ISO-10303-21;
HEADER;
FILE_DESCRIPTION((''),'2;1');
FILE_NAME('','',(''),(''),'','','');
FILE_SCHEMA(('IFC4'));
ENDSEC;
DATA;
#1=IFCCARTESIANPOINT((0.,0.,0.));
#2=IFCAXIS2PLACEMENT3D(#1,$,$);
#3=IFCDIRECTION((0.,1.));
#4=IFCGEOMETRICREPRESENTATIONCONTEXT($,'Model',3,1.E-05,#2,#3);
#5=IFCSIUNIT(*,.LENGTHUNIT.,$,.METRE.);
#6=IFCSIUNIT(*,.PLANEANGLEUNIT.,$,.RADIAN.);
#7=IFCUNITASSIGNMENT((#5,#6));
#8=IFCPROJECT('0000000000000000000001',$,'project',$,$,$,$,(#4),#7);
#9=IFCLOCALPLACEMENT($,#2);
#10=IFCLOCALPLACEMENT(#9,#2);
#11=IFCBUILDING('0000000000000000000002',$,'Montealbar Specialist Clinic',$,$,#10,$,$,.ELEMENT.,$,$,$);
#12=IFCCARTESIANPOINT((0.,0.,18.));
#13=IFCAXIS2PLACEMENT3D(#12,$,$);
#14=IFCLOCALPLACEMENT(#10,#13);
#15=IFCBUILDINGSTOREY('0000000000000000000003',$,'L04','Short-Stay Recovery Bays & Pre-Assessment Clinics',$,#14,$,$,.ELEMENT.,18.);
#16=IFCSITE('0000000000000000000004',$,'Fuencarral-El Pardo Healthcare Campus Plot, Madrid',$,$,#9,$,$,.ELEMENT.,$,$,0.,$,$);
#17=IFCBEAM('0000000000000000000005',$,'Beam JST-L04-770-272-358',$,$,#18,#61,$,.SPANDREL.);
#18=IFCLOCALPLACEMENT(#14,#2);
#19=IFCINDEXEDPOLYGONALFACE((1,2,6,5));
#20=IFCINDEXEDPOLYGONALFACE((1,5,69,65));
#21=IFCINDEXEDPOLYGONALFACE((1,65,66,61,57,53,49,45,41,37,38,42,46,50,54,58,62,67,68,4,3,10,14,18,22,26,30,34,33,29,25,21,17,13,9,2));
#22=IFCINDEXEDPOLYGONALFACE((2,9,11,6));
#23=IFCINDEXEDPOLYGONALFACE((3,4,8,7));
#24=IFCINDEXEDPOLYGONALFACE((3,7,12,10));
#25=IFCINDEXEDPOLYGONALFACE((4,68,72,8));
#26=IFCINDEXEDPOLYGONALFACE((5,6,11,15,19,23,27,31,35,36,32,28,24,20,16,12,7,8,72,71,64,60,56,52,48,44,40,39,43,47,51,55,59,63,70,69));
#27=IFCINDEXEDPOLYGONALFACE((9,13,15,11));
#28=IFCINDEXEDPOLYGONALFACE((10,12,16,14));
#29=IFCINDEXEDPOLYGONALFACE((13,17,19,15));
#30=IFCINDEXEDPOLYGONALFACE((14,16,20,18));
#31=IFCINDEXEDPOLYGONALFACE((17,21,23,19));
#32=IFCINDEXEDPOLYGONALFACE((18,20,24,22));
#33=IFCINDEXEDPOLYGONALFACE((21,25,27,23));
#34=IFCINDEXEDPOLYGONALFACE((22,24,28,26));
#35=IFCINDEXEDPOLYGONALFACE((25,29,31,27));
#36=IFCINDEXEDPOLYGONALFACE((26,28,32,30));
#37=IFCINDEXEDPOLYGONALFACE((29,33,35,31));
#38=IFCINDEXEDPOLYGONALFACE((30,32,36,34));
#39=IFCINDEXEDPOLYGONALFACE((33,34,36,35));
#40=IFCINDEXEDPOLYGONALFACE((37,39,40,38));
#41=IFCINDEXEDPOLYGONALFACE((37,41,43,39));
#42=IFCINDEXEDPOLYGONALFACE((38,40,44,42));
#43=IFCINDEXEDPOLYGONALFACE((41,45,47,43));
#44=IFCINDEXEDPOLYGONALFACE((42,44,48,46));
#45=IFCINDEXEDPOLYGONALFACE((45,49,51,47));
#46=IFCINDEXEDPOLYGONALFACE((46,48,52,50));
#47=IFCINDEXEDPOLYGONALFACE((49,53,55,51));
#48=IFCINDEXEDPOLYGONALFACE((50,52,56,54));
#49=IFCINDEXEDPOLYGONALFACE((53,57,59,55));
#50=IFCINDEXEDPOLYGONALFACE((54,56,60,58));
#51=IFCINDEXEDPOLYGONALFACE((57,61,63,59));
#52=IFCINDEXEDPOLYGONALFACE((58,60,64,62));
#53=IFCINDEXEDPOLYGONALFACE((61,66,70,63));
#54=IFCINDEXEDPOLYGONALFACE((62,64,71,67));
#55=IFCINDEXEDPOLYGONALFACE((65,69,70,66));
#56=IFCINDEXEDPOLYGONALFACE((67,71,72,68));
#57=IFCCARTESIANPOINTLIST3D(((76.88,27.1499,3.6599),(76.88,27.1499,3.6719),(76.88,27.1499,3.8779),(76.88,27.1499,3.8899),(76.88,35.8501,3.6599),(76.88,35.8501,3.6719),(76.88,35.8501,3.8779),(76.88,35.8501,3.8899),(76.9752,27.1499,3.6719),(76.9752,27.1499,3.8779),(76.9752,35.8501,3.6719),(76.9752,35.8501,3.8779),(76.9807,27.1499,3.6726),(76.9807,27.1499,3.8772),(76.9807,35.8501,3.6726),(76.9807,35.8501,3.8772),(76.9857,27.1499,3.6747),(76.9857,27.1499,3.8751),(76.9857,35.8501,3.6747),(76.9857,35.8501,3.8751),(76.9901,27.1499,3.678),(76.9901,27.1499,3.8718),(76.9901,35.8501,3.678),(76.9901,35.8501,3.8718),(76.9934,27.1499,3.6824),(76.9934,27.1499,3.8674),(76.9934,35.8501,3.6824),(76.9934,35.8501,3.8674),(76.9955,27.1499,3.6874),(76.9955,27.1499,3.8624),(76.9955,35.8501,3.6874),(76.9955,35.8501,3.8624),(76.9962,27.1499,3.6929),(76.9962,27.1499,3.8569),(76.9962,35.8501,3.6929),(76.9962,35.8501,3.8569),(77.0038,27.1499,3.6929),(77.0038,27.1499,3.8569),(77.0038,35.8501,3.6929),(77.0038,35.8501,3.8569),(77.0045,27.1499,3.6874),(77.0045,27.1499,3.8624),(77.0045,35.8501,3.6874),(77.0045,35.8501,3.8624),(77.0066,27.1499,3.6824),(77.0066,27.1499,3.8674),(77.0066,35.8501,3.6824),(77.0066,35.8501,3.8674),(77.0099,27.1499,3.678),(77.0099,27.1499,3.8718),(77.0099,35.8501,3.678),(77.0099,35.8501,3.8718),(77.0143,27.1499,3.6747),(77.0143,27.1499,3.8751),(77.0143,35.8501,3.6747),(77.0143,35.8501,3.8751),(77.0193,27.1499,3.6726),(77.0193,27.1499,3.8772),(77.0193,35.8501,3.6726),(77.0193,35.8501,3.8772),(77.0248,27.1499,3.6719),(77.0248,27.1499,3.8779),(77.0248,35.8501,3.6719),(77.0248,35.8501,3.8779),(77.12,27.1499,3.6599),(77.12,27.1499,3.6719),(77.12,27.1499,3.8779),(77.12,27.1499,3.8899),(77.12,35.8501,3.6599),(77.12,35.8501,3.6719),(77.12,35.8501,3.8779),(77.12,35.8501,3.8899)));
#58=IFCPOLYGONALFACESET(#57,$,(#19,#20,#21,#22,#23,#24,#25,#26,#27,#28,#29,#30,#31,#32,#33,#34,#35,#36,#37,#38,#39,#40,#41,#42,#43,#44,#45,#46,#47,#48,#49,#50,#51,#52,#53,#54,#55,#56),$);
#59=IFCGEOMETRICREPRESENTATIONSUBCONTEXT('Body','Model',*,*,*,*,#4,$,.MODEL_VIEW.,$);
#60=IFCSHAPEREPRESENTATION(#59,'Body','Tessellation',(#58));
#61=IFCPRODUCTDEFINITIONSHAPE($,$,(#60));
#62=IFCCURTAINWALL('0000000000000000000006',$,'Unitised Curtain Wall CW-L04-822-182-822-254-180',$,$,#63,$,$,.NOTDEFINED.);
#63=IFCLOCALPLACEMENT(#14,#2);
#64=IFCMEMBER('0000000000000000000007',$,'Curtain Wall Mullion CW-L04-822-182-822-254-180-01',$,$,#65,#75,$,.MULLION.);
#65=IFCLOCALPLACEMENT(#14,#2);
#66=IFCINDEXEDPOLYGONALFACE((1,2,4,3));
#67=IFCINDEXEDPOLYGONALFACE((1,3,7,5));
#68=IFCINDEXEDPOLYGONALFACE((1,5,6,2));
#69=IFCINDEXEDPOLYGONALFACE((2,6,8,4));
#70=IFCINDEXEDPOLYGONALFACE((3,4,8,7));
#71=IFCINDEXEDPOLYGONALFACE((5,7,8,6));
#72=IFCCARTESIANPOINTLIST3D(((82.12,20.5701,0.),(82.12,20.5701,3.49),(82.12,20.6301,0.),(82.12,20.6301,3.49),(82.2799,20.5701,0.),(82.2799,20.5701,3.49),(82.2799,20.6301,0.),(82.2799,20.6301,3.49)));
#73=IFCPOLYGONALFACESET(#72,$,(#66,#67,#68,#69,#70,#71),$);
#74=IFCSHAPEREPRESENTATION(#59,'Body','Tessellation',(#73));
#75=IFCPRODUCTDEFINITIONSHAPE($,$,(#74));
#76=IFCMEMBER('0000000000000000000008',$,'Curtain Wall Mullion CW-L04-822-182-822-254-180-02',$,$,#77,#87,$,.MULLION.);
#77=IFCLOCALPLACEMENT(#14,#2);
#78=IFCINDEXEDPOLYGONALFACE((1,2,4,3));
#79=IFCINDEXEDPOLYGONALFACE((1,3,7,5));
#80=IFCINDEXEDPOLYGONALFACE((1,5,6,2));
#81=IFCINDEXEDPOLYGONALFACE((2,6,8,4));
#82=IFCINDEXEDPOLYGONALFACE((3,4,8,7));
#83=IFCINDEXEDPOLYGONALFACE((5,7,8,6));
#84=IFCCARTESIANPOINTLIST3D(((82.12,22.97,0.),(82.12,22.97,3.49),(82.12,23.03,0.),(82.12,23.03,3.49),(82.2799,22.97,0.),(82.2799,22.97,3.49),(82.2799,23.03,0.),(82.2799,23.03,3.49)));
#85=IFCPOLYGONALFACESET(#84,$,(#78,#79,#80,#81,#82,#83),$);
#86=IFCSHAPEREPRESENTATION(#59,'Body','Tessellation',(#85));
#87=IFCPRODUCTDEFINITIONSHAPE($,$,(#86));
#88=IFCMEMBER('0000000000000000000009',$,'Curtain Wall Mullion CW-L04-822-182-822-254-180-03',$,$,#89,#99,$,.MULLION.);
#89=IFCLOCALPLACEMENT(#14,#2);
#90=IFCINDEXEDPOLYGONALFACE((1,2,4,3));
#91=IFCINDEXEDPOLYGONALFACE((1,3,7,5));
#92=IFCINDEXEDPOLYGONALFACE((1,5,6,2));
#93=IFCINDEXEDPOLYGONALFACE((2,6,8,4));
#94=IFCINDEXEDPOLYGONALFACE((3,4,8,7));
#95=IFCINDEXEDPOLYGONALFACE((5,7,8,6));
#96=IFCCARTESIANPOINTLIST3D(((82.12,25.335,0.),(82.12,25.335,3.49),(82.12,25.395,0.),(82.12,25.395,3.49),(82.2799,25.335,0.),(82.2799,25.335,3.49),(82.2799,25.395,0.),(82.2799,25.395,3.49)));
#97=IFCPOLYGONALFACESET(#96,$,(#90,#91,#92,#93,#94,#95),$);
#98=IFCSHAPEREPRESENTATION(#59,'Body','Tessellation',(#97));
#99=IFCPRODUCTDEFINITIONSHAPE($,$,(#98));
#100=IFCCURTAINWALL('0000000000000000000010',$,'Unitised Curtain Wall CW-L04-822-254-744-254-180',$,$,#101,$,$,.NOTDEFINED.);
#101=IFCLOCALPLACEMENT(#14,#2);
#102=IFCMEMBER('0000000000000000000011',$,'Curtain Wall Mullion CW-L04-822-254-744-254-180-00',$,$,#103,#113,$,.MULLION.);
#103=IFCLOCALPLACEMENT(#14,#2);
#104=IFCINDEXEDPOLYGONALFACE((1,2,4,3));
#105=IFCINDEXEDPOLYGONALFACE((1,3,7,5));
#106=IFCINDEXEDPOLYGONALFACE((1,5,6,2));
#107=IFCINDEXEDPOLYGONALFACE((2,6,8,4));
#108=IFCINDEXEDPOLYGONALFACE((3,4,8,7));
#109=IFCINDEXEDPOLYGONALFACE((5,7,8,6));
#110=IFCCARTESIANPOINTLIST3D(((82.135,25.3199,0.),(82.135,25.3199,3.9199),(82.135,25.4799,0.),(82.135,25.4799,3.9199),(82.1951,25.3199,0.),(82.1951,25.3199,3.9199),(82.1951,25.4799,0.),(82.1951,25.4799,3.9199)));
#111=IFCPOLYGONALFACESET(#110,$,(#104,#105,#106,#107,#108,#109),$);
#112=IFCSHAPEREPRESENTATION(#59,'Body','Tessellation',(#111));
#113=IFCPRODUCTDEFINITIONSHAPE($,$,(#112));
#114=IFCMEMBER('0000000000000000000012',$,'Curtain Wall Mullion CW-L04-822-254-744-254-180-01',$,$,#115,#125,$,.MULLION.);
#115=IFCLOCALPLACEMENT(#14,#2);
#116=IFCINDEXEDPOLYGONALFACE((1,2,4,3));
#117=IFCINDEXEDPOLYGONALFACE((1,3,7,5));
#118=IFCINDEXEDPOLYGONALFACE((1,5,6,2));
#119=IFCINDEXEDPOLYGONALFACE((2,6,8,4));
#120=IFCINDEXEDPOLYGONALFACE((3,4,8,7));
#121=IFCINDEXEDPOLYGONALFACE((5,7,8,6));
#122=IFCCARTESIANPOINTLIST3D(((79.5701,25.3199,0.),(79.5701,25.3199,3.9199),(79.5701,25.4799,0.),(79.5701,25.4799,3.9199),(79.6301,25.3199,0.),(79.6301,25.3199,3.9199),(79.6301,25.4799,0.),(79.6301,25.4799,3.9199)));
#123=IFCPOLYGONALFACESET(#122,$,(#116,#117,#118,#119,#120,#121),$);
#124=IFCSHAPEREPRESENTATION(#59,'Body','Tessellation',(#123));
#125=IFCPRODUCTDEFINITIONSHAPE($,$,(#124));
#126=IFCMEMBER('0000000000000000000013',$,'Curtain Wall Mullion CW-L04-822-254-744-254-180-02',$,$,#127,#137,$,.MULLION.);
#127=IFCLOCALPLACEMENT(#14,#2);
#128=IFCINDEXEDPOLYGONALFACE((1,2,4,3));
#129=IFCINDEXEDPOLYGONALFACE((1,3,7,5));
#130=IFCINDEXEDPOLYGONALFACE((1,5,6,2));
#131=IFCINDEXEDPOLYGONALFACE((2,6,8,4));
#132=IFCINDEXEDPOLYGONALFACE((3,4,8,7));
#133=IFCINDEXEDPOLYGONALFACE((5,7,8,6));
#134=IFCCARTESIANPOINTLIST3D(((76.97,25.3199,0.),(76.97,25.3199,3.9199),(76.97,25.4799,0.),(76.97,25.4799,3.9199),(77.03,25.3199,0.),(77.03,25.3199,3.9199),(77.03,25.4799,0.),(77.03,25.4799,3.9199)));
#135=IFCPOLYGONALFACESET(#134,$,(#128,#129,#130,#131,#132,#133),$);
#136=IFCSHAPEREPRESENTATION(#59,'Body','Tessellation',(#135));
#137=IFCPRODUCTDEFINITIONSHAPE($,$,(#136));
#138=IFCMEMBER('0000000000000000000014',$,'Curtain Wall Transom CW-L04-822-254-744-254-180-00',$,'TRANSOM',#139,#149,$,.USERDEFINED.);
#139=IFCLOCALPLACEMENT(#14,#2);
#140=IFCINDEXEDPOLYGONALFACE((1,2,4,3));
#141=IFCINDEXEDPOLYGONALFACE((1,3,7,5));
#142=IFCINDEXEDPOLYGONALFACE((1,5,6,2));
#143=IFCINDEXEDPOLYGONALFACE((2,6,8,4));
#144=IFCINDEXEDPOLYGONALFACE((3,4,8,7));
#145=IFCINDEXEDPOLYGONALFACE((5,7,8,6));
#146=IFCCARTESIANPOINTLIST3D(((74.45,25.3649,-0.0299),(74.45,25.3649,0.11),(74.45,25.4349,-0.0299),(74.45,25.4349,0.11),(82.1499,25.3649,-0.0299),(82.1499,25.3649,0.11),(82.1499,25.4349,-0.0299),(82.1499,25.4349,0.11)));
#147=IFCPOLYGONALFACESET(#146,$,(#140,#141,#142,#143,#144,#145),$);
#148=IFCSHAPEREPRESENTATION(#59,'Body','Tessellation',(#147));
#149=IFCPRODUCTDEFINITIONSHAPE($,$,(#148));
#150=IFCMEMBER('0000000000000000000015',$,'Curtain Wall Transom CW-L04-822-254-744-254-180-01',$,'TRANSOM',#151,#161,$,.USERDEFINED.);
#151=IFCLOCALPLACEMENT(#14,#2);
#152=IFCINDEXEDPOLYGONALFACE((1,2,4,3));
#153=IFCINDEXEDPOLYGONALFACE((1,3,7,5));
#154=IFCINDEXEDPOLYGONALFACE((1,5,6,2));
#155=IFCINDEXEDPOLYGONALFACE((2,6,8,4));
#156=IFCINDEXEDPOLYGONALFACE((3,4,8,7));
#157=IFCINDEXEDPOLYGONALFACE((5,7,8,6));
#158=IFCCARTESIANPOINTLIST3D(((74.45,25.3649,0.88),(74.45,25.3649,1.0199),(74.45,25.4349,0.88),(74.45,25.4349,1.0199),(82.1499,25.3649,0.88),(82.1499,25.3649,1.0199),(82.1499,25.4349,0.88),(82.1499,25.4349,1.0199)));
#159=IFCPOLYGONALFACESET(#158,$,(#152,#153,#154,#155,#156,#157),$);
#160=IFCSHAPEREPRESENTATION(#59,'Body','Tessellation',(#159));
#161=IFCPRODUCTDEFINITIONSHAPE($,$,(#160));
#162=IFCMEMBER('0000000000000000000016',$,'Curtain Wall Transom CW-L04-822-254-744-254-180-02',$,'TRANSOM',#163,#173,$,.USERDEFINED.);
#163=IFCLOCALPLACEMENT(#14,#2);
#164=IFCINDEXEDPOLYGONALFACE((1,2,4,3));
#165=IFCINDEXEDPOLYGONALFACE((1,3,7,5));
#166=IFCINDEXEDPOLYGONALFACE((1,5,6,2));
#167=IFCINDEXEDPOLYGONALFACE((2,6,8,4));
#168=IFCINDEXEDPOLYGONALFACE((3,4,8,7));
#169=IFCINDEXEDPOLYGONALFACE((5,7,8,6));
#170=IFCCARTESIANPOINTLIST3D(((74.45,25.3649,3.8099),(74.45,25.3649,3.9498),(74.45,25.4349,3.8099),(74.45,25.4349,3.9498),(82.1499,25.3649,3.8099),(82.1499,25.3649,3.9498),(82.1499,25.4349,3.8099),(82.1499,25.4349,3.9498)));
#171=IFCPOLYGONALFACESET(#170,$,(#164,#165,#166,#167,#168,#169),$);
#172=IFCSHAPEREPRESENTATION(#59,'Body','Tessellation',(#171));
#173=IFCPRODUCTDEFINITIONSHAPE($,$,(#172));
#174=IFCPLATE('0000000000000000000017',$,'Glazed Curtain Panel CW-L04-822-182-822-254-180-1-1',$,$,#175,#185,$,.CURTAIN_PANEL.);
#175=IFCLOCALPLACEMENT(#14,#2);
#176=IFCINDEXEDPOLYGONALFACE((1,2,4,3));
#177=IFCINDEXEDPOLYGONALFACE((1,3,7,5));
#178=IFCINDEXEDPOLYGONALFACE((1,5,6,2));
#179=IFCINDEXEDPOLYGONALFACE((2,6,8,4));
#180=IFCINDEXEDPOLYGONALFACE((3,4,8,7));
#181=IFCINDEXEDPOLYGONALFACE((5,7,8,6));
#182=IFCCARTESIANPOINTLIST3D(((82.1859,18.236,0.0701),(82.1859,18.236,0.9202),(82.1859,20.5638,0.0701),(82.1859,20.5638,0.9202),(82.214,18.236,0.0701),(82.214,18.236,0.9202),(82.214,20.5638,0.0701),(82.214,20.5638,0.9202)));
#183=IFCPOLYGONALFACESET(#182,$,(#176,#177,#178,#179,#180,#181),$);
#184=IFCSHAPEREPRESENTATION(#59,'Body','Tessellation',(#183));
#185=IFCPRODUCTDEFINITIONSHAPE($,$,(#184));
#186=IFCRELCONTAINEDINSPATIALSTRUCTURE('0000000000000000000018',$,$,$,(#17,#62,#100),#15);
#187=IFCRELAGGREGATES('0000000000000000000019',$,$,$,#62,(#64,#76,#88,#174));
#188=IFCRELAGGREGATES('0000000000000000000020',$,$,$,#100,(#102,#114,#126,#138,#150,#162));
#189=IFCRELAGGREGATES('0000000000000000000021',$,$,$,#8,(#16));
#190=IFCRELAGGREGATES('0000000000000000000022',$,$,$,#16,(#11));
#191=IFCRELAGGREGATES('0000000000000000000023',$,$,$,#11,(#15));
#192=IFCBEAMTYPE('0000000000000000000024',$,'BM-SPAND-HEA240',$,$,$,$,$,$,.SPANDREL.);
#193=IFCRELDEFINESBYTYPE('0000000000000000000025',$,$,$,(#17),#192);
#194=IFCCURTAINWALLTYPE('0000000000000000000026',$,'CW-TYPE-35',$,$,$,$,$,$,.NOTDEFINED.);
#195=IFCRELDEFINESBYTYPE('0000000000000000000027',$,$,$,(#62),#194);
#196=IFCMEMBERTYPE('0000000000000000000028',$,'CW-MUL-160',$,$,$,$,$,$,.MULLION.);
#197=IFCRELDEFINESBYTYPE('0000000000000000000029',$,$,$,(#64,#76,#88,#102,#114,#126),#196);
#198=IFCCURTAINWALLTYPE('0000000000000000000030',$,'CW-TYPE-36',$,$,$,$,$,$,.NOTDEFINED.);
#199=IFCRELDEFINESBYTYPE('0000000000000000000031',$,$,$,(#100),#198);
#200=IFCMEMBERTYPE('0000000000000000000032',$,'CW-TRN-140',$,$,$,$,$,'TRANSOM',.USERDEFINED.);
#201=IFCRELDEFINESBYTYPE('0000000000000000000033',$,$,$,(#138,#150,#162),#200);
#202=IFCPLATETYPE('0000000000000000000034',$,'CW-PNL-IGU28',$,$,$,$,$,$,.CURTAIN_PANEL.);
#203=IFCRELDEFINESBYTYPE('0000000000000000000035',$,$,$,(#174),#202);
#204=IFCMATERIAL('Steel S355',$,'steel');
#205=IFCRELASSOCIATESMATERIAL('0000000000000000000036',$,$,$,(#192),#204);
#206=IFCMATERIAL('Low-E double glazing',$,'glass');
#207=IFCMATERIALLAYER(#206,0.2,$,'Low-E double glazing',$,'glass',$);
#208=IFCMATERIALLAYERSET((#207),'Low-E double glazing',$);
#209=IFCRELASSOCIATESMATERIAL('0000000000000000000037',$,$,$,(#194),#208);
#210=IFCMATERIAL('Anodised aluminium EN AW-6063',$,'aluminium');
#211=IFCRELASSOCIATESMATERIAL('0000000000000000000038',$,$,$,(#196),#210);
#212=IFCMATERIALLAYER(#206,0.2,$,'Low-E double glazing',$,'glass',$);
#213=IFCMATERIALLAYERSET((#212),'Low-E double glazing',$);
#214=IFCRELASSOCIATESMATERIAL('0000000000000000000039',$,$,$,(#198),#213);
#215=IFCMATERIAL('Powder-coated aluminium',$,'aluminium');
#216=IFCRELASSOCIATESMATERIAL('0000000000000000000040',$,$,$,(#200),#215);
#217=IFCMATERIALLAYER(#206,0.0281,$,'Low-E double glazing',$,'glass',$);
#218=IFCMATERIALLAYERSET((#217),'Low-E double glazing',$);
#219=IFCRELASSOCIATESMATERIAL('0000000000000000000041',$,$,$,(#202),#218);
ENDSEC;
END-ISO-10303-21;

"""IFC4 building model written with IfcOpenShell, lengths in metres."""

from ifc_helpers import new_model, si_unit, direction, frame, origin, origin_2d, place, context, subcontext, project, spatial, rectangle, i_section, extrude, material, layer, layer_set, material_profile, profile_set, type_object, element, aggregate, save


model = new_model("IFC4")

# Units and contexts
model_context = context("Model", 3, precision=1e-05, world=origin(), true_north=direction((0.0, 1.0)))
body_context = subcontext(model_context, "Body", "Model", "MODEL_VIEW")
ifc_project = project(units=[si_unit("LENGTHUNIT", "METRE"), si_unit("PLANEANGLEUNIT", "RADIAN")], contexts=[model_context])

# Site, building, storey
site_placement = place(None, origin())
site = spatial("IfcSite", under=ifc_project, at=site_placement, Name="Fuencarral-El Pardo Healthcare Campus Plot, Madrid", CompositionType="ELEMENT", RefElevation=0.0)
building_placement = place(site_placement, origin())
building = spatial("IfcBuilding", under=site, at=building_placement, Name="Montealbar Specialist Clinic", CompositionType="ELEMENT")
storey_placement = place(building_placement, frame((0.0, 0.0, 18.0)))
storey = spatial("IfcBuildingStorey", under=building, at=storey_placement, Name="L04", Description="Short-Stay Recovery Bays & Pre-Assessment Clinics", CompositionType="ELEMENT", Elevation=18.0)

# Shared definitions
ifc_material_1 = material(Name="Steel S355", Category="steel")

# Beam
ifc_material_profile_1 = material_profile(ifc_material_1, i_section(OverallWidth=0.24, OverallDepth=0.23, WebThickness=0.0076, FlangeThickness=0.012, FilletRadius=0.021, at=origin_2d()), Name="HEA 240", Category="steel")
ifc_profile_set_1 = profile_set([ifc_material_profile_1], Name="Steel S355")
beam_type_1 = type_object("IfcBeamType", Name="BM-SPAND-HEA240", PredefinedType="SPANDREL", material=ifc_profile_set_1)
beam_1_placement = place(storey_placement, frame((77.0, 27.1499, 3.7749), z_axis=(0.0, 1.0, 0.0), x_axis=(-1.0, 0.0, 0.0)))
element("IfcBeam", 1, at=beam_1_placement, inside=storey, type_object=beam_type_1, Name="Beam JST-L04-770-272-358", PredefinedType="SPANDREL", context=body_context, shape_type="SweptSolid", body=[
    extrude(i_section(OverallWidth=0.24, OverallDepth=0.23, WebThickness=0.0076, FlangeThickness=0.012, FilletRadius=0.021, at=origin_2d()), origin(), (0.0, 0.0, 1.0), 8.7002),
])

# Curtain walls, members
ifc_material_2 = material(Name="Low-E double glazing", Category="glass")
ifc_layer_1 = layer(ifc_material_2, 0.2, Name="Low-E double glazing", Category="glass")
ifc_layer_set_1 = layer_set([ifc_layer_1], Name="Low-E double glazing")
curtain_wall_type_1 = type_object("IfcCurtainWallType", Name="CW-TYPE-35", PredefinedType="NOTDEFINED", material=ifc_layer_set_1)
curtain_wall_1_placement = place(storey_placement, origin())
curtain_wall_1 = element("IfcCurtainWall", 2, at=curtain_wall_1_placement, inside=storey, type_object=curtain_wall_type_1, Name="Unitised Curtain Wall CW-L04-822-182-822-254-180", PredefinedType="NOTDEFINED")
ifc_material_3 = material(Name="Anodised aluminium EN AW-6063", Category="aluminium")
ifc_material_profile_2 = material_profile(ifc_material_3, rectangle(XDim=0.0601, YDim=0.1599, at=origin_2d()), Name="ALU 60x160", Category="aluminium")
ifc_profile_set_2 = profile_set([ifc_material_profile_2], Name="Anodised aluminium EN AW-6063")
member_type_1 = type_object("IfcMemberType", Name="CW-MUL-160", PredefinedType="MULLION", material=ifc_profile_set_2)
member_1_placement = place(storey_placement, frame((82.2, 20.6001, 0.0), z_axis=(0.0, 0.0, 1.0), x_axis=(0.0, 1.0, 0.0)))
member_1 = element("IfcMember", 3, at=member_1_placement, type_object=member_type_1, Name="Curtain Wall Mullion CW-L04-822-182-822-254-180-01", PredefinedType="MULLION", context=body_context, shape_type="SweptSolid", body=[
    extrude(rectangle(XDim=0.0601, YDim=0.1599, at=origin_2d()), origin(), (0.0, 0.0, 1.0), 3.49),
])
member_2_placement = place(storey_placement, frame((82.2, 23.0, 0.0), z_axis=(0.0, 0.0, 1.0), x_axis=(0.0, 1.0, 0.0)))
member_2 = element("IfcMember", 4, at=member_2_placement, type_object=member_type_1, Name="Curtain Wall Mullion CW-L04-822-182-822-254-180-02", PredefinedType="MULLION", context=body_context, shape_type="SweptSolid", body=[
    extrude(rectangle(XDim=0.0601, YDim=0.1599, at=origin_2d()), origin(), (0.0, 0.0, 1.0), 3.49),
])
member_3_placement = place(storey_placement, frame((82.2, 25.365, 0.0), z_axis=(0.0, 0.0, 1.0), x_axis=(0.0, 1.0, 0.0)))
member_3 = element("IfcMember", 5, at=member_3_placement, type_object=member_type_1, Name="Curtain Wall Mullion CW-L04-822-182-822-254-180-03", PredefinedType="MULLION", context=body_context, shape_type="SweptSolid", body=[
    extrude(rectangle(XDim=0.0601, YDim=0.1599, at=origin_2d()), origin(), (0.0, 0.0, 1.0), 3.49),
])
ifc_layer_2 = layer(ifc_material_2, 0.2, Name="Low-E double glazing", Category="glass")
ifc_layer_set_2 = layer_set([ifc_layer_2], Name="Low-E double glazing")
curtain_wall_type_2 = type_object("IfcCurtainWallType", Name="CW-TYPE-36", PredefinedType="NOTDEFINED", material=ifc_layer_set_2)
curtain_wall_2_placement = place(storey_placement, origin())
curtain_wall_2 = element("IfcCurtainWall", 6, at=curtain_wall_2_placement, inside=storey, type_object=curtain_wall_type_2, Name="Unitised Curtain Wall CW-L04-822-254-744-254-180", PredefinedType="NOTDEFINED")
member_4_placement = place(storey_placement, frame((82.165, 25.3999, 0.0), z_axis=(0.0, 0.0, 1.0), x_axis=(-1.0, 0.0, 0.0)))
member_4 = element("IfcMember", 7, at=member_4_placement, type_object=member_type_1, Name="Curtain Wall Mullion CW-L04-822-254-744-254-180-00", PredefinedType="MULLION", context=body_context, shape_type="SweptSolid", body=[
    extrude(rectangle(XDim=0.0601, YDim=0.1599, at=origin_2d()), origin(), (0.0, 0.0, 1.0), 3.9199),
])
member_5_placement = place(storey_placement, frame((79.6001, 25.3999, 0.0), z_axis=(0.0, 0.0, 1.0), x_axis=(-1.0, 0.0, 0.0)))
member_5 = element("IfcMember", 8, at=member_5_placement, type_object=member_type_1, Name="Curtain Wall Mullion CW-L04-822-254-744-254-180-01", PredefinedType="MULLION", context=body_context, shape_type="SweptSolid", body=[
    extrude(rectangle(XDim=0.0601, YDim=0.1599, at=origin_2d()), origin(), (0.0, 0.0, 1.0), 3.9199),
])
member_6_placement = place(storey_placement, frame((77.0, 25.3999, 0.0), z_axis=(0.0, 0.0, 1.0), x_axis=(-1.0, 0.0, 0.0)))
member_6 = element("IfcMember", 9, at=member_6_placement, type_object=member_type_1, Name="Curtain Wall Mullion CW-L04-822-254-744-254-180-02", PredefinedType="MULLION", context=body_context, shape_type="SweptSolid", body=[
    extrude(rectangle(XDim=0.0601, YDim=0.1599, at=origin_2d()), origin(), (0.0, 0.0, 1.0), 3.9199),
])
ifc_material_4 = material(Name="Powder-coated aluminium", Category="aluminium")
ifc_material_profile_3 = material_profile(ifc_material_4, rectangle(XDim=0.0701, YDim=0.1399, at=origin_2d()), Name="ALU 70x140", Category="aluminium")
ifc_profile_set_3 = profile_set([ifc_material_profile_3], Name="Powder-coated aluminium")
member_type_2 = type_object("IfcMemberType", Name="CW-TRN-140", ElementType="TRANSOM", PredefinedType="USERDEFINED", material=ifc_profile_set_3)
member_7_placement = place(storey_placement, frame((82.1499, 25.3999, 0.04), z_axis=(-1.0, 0.0, 0.0), x_axis=(0.0, -1.0, 0.0)))
member_7 = element("IfcMember", 10, at=member_7_placement, type_object=member_type_2, Name="Curtain Wall Transom CW-L04-822-254-744-254-180-00", ObjectType="TRANSOM", PredefinedType="USERDEFINED", context=body_context, shape_type="SweptSolid", body=[
    extrude(rectangle(XDim=0.0701, YDim=0.1399, at=origin_2d()), origin(), (0.0, 0.0, 1.0), 7.7),
])
member_8_placement = place(storey_placement, frame((82.1499, 25.3999, 0.95), z_axis=(-1.0, 0.0, 0.0), x_axis=(0.0, -1.0, 0.0)))
member_8 = element("IfcMember", 11, at=member_8_placement, type_object=member_type_2, Name="Curtain Wall Transom CW-L04-822-254-744-254-180-01", ObjectType="TRANSOM", PredefinedType="USERDEFINED", context=body_context, shape_type="SweptSolid", body=[
    extrude(rectangle(XDim=0.0701, YDim=0.1399, at=origin_2d()), origin(), (0.0, 0.0, 1.0), 7.7),
])
member_9_placement = place(storey_placement, frame((82.1499, 25.3999, 3.8799), z_axis=(-1.0, 0.0, 0.0), x_axis=(0.0, -1.0, 0.0)))
member_9 = element("IfcMember", 12, at=member_9_placement, type_object=member_type_2, Name="Curtain Wall Transom CW-L04-822-254-744-254-180-02", ObjectType="TRANSOM", PredefinedType="USERDEFINED", context=body_context, shape_type="SweptSolid", body=[
    extrude(rectangle(XDim=0.0701, YDim=0.1399, at=origin_2d()), origin(), (0.0, 0.0, 1.0), 7.7),
])

# Plate
ifc_layer_3 = layer(ifc_material_2, 0.0281, Name="Low-E double glazing", Category="glass")
ifc_layer_set_3 = layer_set([ifc_layer_3], Name="Low-E double glazing")
plate_type = type_object("IfcPlateType", Name="CW-PNL-IGU28", PredefinedType="CURTAIN_PANEL", material=ifc_layer_set_3)
plate_1_placement = place(storey_placement, frame((82.2, 19.3999, 0.0701), z_axis=(0.0, 0.0, 1.0), x_axis=(0.0, 1.0, 0.0)))
plate_1 = element("IfcPlate", 13, at=plate_1_placement, type_object=plate_type, Name="Glazed Curtain Panel CW-L04-822-182-822-254-180-1-1", PredefinedType="CURTAIN_PANEL", context=body_context, shape_type="SweptSolid", body=[
    extrude(rectangle(XDim=2.3279, YDim=0.0281, at=origin_2d()), origin(), (0.0, 0.0, 1.0), 0.8501),
])
aggregate(curtain_wall_1, [member_1, member_2, member_3, plate_1])
aggregate(curtain_wall_2, [member_4, member_5, member_6, member_7, member_8, member_9])

save(model, "model.ifc")
